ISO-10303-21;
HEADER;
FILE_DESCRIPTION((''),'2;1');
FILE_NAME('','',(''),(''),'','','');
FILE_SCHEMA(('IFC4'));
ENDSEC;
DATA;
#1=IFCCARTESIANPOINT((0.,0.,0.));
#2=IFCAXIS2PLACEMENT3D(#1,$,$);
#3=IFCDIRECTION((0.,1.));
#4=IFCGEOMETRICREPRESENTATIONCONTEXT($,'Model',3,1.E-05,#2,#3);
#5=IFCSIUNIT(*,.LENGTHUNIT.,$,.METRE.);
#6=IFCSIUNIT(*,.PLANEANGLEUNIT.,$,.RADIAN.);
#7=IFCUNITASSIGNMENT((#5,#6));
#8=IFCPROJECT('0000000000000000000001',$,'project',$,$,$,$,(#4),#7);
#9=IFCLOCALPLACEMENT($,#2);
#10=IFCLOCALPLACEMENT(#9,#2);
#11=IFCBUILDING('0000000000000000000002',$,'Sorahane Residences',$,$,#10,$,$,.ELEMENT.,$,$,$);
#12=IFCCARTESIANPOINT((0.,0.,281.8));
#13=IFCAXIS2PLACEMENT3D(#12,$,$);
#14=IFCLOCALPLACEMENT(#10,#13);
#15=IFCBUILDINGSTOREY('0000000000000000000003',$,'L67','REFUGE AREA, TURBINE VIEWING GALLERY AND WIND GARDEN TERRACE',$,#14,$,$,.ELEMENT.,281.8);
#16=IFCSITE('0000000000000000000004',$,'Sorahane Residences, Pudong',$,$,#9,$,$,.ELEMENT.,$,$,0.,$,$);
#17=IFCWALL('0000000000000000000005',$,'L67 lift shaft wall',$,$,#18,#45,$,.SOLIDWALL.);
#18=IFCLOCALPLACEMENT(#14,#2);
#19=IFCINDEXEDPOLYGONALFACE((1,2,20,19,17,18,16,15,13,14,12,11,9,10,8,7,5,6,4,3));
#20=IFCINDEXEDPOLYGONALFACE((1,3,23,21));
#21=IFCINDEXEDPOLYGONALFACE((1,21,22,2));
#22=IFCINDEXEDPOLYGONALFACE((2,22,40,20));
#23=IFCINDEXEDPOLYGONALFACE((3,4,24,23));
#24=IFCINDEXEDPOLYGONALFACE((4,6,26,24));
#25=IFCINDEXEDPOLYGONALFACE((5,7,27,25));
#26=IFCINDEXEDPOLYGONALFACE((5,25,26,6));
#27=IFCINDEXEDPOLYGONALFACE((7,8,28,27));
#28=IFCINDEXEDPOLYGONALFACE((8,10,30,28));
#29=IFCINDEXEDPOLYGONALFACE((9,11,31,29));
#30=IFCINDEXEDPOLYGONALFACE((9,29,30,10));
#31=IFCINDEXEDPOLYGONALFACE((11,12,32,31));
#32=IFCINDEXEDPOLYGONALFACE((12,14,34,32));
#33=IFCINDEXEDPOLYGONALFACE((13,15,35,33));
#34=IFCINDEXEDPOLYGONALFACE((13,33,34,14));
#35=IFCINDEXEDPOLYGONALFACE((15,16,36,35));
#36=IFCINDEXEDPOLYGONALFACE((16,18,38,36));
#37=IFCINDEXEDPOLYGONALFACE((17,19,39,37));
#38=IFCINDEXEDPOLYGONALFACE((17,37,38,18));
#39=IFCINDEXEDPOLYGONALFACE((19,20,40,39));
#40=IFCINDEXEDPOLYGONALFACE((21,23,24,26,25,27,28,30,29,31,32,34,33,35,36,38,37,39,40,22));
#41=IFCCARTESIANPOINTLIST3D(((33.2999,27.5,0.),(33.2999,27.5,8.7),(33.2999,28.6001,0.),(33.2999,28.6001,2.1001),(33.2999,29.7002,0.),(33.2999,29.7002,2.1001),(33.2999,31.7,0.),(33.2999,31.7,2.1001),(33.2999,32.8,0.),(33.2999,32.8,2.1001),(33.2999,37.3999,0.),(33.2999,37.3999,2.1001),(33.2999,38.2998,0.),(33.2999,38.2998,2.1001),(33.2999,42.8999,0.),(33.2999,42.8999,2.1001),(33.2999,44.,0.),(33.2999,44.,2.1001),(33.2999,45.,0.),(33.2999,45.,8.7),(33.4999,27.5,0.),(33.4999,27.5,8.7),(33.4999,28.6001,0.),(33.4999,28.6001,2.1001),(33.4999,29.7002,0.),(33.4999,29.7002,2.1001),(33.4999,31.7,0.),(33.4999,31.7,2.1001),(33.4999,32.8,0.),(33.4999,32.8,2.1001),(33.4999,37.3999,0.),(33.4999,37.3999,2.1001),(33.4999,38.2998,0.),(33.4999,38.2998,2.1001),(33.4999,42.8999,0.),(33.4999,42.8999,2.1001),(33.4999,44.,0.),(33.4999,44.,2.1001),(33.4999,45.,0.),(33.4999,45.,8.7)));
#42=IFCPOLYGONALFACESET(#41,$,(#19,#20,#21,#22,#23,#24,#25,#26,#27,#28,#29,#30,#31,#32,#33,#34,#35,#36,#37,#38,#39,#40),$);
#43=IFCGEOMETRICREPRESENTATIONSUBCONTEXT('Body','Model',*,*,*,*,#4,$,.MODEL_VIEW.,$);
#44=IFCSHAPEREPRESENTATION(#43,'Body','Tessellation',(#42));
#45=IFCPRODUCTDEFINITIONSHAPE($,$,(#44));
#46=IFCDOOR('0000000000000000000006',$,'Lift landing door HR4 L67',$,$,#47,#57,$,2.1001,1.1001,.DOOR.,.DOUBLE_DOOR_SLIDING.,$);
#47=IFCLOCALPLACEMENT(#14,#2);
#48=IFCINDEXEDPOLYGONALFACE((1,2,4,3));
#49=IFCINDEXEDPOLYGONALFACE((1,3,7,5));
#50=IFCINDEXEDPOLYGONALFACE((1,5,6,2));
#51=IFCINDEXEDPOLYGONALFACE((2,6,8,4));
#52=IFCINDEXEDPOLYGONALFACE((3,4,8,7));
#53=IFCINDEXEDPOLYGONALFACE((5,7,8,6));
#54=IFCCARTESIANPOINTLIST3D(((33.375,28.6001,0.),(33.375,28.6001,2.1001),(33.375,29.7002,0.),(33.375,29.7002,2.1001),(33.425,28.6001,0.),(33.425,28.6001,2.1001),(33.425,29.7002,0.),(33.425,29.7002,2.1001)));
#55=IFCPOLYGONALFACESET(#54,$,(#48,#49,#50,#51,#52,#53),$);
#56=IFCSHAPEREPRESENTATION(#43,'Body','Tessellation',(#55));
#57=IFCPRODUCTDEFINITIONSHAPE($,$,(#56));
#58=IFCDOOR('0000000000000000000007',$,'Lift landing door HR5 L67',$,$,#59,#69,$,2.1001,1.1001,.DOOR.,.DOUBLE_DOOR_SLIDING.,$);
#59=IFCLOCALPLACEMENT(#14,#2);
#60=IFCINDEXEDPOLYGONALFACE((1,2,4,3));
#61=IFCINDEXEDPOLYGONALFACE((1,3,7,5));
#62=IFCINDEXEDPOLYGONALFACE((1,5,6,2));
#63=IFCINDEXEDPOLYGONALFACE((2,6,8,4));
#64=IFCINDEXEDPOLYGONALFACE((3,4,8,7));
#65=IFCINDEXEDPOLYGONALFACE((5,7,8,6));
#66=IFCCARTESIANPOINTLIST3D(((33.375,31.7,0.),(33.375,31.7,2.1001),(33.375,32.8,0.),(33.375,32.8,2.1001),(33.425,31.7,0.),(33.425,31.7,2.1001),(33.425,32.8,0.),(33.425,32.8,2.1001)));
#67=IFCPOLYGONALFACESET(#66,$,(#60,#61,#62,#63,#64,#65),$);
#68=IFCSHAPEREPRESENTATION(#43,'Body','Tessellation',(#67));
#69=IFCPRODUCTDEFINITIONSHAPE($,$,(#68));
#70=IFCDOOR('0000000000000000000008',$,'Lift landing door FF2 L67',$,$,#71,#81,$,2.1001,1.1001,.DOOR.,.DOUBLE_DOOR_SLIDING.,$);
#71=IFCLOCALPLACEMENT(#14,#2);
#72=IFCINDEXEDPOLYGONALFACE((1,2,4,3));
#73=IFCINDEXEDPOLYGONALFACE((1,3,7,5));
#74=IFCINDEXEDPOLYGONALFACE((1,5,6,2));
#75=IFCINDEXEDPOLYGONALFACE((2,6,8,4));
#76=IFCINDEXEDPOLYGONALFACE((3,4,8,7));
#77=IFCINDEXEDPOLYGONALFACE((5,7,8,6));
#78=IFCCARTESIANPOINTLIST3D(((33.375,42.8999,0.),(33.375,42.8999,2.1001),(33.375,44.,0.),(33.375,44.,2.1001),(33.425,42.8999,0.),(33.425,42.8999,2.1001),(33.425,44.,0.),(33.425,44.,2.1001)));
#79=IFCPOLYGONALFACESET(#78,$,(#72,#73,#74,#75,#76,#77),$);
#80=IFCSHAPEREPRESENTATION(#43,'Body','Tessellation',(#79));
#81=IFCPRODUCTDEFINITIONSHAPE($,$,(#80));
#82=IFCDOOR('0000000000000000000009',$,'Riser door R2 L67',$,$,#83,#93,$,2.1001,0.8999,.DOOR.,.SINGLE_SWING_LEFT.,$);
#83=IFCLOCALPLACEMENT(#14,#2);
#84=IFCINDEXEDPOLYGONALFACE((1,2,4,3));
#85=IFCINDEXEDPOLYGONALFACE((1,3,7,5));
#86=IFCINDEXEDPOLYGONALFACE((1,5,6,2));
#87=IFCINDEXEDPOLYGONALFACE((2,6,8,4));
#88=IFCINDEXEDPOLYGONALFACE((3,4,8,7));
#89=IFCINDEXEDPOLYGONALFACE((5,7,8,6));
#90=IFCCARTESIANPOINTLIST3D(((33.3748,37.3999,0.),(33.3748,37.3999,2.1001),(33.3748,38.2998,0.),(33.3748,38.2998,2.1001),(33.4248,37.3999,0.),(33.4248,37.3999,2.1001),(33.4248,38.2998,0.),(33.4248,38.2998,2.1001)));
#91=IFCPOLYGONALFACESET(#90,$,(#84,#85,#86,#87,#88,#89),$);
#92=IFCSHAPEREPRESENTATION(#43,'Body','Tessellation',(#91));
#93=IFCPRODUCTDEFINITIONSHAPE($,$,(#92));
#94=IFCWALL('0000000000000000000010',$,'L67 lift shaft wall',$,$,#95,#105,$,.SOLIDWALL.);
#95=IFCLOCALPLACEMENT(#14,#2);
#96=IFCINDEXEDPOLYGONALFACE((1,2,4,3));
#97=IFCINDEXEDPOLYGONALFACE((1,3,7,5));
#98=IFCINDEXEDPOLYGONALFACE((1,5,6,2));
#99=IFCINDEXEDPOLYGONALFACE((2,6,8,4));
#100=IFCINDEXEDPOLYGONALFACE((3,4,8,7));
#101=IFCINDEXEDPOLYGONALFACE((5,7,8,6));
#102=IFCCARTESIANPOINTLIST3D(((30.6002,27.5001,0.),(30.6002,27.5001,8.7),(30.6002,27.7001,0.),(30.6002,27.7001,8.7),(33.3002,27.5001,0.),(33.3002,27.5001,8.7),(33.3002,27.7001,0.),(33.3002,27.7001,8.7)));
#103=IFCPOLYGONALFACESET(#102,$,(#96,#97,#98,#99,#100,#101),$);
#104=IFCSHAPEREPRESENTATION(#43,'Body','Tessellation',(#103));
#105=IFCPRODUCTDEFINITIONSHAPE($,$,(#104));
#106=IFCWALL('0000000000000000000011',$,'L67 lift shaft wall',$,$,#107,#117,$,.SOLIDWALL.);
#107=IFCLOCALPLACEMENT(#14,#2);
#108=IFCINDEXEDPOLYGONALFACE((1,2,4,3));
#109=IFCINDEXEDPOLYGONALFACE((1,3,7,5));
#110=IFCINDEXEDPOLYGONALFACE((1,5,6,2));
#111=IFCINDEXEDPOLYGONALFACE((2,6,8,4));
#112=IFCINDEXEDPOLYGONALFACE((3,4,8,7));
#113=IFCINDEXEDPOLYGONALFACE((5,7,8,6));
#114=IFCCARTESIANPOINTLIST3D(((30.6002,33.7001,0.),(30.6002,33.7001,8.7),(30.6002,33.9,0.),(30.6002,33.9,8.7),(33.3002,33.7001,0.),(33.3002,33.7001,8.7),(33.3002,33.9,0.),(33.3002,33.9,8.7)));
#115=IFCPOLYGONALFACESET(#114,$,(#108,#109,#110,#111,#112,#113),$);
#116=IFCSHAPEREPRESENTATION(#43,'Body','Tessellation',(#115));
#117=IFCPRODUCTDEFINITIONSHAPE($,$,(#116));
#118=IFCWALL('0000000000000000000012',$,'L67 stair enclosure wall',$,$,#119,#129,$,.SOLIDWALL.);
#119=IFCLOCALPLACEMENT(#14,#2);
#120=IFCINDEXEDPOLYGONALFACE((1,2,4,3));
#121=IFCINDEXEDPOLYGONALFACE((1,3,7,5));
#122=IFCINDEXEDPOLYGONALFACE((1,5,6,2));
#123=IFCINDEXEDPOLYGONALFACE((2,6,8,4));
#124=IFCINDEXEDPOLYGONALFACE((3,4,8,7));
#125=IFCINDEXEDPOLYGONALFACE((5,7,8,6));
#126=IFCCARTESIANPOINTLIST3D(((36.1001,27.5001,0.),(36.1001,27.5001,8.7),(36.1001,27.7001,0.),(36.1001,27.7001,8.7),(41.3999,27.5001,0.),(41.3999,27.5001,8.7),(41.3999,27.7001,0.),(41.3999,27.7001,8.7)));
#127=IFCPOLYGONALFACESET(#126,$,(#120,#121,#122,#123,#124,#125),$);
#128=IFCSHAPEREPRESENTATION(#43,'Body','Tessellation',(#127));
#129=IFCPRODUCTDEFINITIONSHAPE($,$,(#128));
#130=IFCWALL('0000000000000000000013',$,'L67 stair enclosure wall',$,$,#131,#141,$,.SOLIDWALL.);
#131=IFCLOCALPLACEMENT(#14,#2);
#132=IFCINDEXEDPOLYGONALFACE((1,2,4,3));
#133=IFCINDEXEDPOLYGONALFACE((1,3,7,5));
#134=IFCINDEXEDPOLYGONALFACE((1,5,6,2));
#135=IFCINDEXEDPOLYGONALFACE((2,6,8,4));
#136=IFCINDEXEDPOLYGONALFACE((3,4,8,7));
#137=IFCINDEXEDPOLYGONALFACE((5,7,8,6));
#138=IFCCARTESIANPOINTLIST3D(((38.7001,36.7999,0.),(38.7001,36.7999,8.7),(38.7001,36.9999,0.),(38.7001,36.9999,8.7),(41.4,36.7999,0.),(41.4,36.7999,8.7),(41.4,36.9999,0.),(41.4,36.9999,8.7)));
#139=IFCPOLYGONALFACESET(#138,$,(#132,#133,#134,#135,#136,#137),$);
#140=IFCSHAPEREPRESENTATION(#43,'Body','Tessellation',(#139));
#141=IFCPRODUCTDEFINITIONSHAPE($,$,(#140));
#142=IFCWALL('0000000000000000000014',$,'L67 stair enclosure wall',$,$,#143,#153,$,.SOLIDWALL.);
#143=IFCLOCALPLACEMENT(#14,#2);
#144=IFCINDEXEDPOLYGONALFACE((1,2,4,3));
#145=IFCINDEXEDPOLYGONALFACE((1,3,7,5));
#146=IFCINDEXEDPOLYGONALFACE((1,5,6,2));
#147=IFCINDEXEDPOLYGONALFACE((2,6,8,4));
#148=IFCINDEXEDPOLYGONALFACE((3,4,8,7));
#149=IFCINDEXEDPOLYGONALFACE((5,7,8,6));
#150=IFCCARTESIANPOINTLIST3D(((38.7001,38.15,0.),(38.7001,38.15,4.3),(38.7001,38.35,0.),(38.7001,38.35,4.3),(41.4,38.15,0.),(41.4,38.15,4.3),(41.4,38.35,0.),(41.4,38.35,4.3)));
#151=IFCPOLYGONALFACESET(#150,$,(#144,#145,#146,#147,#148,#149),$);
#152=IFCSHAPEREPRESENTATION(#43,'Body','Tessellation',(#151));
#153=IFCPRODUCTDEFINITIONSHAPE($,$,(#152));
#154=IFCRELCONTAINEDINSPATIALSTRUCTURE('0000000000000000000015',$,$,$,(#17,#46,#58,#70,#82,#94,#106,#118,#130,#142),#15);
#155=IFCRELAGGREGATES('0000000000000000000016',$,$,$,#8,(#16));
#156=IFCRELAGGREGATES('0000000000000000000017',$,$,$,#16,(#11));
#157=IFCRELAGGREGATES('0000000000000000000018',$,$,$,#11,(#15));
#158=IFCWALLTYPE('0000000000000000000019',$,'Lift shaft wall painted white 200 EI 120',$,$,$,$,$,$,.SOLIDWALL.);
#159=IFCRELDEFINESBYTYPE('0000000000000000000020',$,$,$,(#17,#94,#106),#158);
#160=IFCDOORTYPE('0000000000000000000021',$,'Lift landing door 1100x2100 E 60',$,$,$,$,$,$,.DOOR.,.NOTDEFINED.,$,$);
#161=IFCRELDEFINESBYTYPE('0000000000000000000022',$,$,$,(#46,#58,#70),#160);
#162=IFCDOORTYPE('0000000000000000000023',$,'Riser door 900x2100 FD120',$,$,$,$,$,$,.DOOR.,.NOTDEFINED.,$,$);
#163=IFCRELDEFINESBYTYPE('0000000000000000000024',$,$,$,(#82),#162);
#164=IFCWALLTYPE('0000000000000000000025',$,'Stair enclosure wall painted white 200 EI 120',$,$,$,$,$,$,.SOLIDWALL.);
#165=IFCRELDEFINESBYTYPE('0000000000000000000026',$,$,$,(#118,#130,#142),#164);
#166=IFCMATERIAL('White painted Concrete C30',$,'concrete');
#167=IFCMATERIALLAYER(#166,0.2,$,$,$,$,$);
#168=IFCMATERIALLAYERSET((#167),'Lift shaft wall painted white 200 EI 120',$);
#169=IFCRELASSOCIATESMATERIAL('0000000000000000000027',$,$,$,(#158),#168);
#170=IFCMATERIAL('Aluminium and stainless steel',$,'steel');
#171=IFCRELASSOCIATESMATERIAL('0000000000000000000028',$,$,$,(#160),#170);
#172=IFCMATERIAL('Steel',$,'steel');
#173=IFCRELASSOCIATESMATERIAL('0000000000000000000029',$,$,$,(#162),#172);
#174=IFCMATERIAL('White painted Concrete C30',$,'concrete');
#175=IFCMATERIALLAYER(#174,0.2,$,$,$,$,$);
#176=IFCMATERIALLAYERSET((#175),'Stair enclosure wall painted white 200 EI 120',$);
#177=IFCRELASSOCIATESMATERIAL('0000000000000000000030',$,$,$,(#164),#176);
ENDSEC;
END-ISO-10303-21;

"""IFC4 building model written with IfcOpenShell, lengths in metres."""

from ifc_helpers import new_model, si_unit, direction, frame, frame_2d, origin, place, context, subcontext, project, spatial, rectangle, extrude, material, layer, layer_set, type_object, element, fill, save


model = new_model("IFC4")

# Units and contexts
model_context = context("Model", 3, precision=1e-05, world=origin(), true_north=direction((0.0, 1.0)))
body_context = subcontext(model_context, "Body", "Model", "MODEL_VIEW")
ifc_project = project(units=[si_unit("LENGTHUNIT", "METRE"), si_unit("PLANEANGLEUNIT", "RADIAN")], contexts=[model_context])

# Site, building, storey
site_placement = place(None, origin())
site = spatial("IfcSite", under=ifc_project, at=site_placement, Name="Sorahane Residences, Pudong", CompositionType="ELEMENT", RefElevation=0.0)
building_placement = place(site_placement, origin())
building = spatial("IfcBuilding", under=site, at=building_placement, Name="Sorahane Residences", CompositionType="ELEMENT")
storey_placement = place(building_placement, frame((0.0, 0.0, 281.8)))
storey = spatial("IfcBuildingStorey", under=building, at=storey_placement, Name="L67", Description="REFUGE AREA, TURBINE VIEWING GALLERY AND WIND GARDEN TERRACE", CompositionType="ELEMENT", Elevation=281.8)

# Wall, openings, doors
ifc_material_1 = material(Name="White painted Concrete C30", Category="concrete")
ifc_layer_1 = layer(ifc_material_1, 0.2)
ifc_layer_set_1 = layer_set([ifc_layer_1], Name="Lift shaft wall painted white 200 EI 120")
wall_type_1 = type_object("IfcWallType", Name="Lift shaft wall painted white 200 EI 120", PredefinedType="SOLIDWALL", material=ifc_layer_set_1)
wall_1_placement = place(storey_placement, frame((33.3999, 27.5, 0.0), z_axis=(0.0, 0.0, 1.0), x_axis=(0.0, 1.0, 0.0)))
wall_1 = element("IfcWall", 1, at=wall_1_placement, inside=storey, type_object=wall_type_1, Name="L67 lift shaft wall", PredefinedType="SOLIDWALL", context=body_context, shape_type="SweptSolid", body=[
    extrude(rectangle(XDim=17.5, YDim=0.2, at=frame_2d((8.75, 0.0))), origin(), (0.0, 0.0, 1.0), 8.7),
])
opening_1_placement = place(wall_1_placement, frame((1.1001, 0.0, 0.0)))
opening_1 = element("IfcOpeningElement", 2, at=opening_1_placement, cuts=wall_1, PredefinedType="OPENING", context=body_context, shape_type="SweptSolid", body=[
    extrude(rectangle(XDim=1.1001, YDim=2.1001, at=frame_2d((0.55, 1.05))), frame((0.0, 0.1099, 0.0), z_axis=(0.0, -1.0, 0.0), x_axis=(1.0, 0.0, 0.0)), (0.0, 0.0, 1.0), 0.22),
])
opening_2_placement = place(wall_1_placement, frame((4.2, 0.0, 0.0)))
opening_2 = element("IfcOpeningElement", 3, at=opening_2_placement, cuts=wall_1, PredefinedType="OPENING", context=body_context, shape_type="SweptSolid", body=[
    extrude(rectangle(XDim=1.1001, YDim=2.1001, at=frame_2d((0.55, 1.05))), frame((0.0, 0.1099, 0.0), z_axis=(0.0, -1.0, 0.0), x_axis=(1.0, 0.0, 0.0)), (0.0, 0.0, 1.0), 0.22),
])
opening_3_placement = place(wall_1_placement, frame((15.3999, 0.0, 0.0)))
opening_3 = element("IfcOpeningElement", 4, at=opening_3_placement, cuts=wall_1, PredefinedType="OPENING", context=body_context, shape_type="SweptSolid", body=[
    extrude(rectangle(XDim=1.1001, YDim=2.1001, at=frame_2d((0.55, 1.05))), frame((0.0, 0.1099, 0.0), z_axis=(0.0, -1.0, 0.0), x_axis=(1.0, 0.0, 0.0)), (0.0, 0.0, 1.0), 0.22),
])
opening_4_placement = place(wall_1_placement, frame((9.8999, 0.0, 0.0)))
opening_4 = element("IfcOpeningElement", 5, at=opening_4_placement, cuts=wall_1, PredefinedType="OPENING", context=body_context, shape_type="SweptSolid", body=[
    extrude(rectangle(XDim=0.8999, YDim=2.1001, at=frame_2d((0.45, 1.05))), frame((0.0, 0.1099, 0.0), z_axis=(0.0, -1.0, 0.0), x_axis=(1.0, 0.0, 0.0)), (0.0, 0.0, 1.0), 0.22),
])
ifc_material_2 = material(Name="Aluminium and stainless steel", Category="steel")
door_type_1 = type_object("IfcDoorType", Name="Lift landing door 1100x2100 E 60", OperationType="NOTDEFINED", PredefinedType="DOOR", material=ifc_material_2)
door_1_placement = place(opening_1_placement, origin())
door_1 = element("IfcDoor", 6, at=door_1_placement, inside=storey, type_object=door_type_1, Name="Lift landing door HR4 L67", OperationType="DOUBLE_DOOR_SLIDING", OverallHeight=2.1001, OverallWidth=1.1001, PredefinedType="DOOR", context=body_context, shape_type="SweptSolid", body=[
    extrude(rectangle(XDim=1.1001, YDim=2.1001, at=frame_2d((0.55, 1.05))), frame((0.0, 0.0249, 0.0), z_axis=(0.0, -1.0, 0.0), x_axis=(1.0, 0.0, 0.0)), (0.0, 0.0, 1.0), 0.05),
])
fill(opening_1, door_1)
door_2_placement = place(opening_2_placement, origin())
door_2 = element("IfcDoor", 7, at=door_2_placement, inside=storey, type_object=door_type_1, Name="Lift landing door HR5 L67", OperationType="DOUBLE_DOOR_SLIDING", OverallHeight=2.1001, OverallWidth=1.1001, PredefinedType="DOOR", context=body_context, shape_type="SweptSolid", body=[
    extrude(rectangle(XDim=1.1001, YDim=2.1001, at=frame_2d((0.55, 1.05))), frame((0.0, 0.0249, 0.0), z_axis=(0.0, -1.0, 0.0), x_axis=(1.0, 0.0, 0.0)), (0.0, 0.0, 1.0), 0.05),
])
fill(opening_2, door_2)
door_3_placement = place(opening_3_placement, origin())
door_3 = element("IfcDoor", 8, at=door_3_placement, inside=storey, type_object=door_type_1, Name="Lift landing door FF2 L67", OperationType="DOUBLE_DOOR_SLIDING", OverallHeight=2.1001, OverallWidth=1.1001, PredefinedType="DOOR", context=body_context, shape_type="SweptSolid", body=[
    extrude(rectangle(XDim=1.1001, YDim=2.1001, at=frame_2d((0.55, 1.05))), frame((0.0, 0.0249, 0.0), z_axis=(0.0, -1.0, 0.0), x_axis=(1.0, 0.0, 0.0)), (0.0, 0.0, 1.0), 0.05),
])
fill(opening_3, door_3)
ifc_material_3 = material(Name="Steel", Category="steel")
door_type_2 = type_object("IfcDoorType", Name="Riser door 900x2100 FD120", OperationType="NOTDEFINED", PredefinedType="DOOR", material=ifc_material_3)
door_4_placement = place(opening_4_placement, frame((0.8999, 0.0, 0.0), z_axis=(0.0, 0.0, 1.0), x_axis=(-1.0, 0.0, 0.0)))
door_4 = element("IfcDoor", 9, at=door_4_placement, inside=storey, type_object=door_type_2, Name="Riser door R2 L67", OperationType="SINGLE_SWING_LEFT", OverallHeight=2.1001, OverallWidth=0.8999, PredefinedType="DOOR", context=body_context, shape_type="SweptSolid", body=[
    extrude(rectangle(XDim=0.8999, YDim=2.1001, at=frame_2d((0.45, 1.05))), frame((0.0, 0.0249, 0.0), z_axis=(0.0, -1.0, 0.0), x_axis=(1.0, 0.0, 0.0)), (0.0, 0.0, 1.0), 0.05),
])
fill(opening_4, door_4)

# Walls
for number, where, z_axis, x_axis, name in (
    (10, (30.6001, 27.6001, 0.0), (0.0, 0.0, 1.0), (1.0, 0.0, 0.0), "L67 lift shaft wall"),
    (11, (30.6001, 33.8, 0.0), (0.0, 0.0, 1.0), (1.0, 0.0, 0.0), "L67 lift shaft wall"),
):
    element("IfcWall", number, at=place(storey_placement, frame(where, z_axis=z_axis, x_axis=x_axis)), inside=storey, type_object=wall_type_1, Name=name, PredefinedType="SOLIDWALL", context=body_context, shape_type="SweptSolid", body=[
        extrude(rectangle(XDim=2.7, YDim=0.2, at=frame_2d((1.3501, 0.0))), origin(), (0.0, 0.0, 1.0), 8.7),
    ])
ifc_material_4 = material(Name="White painted Concrete C30", Category="concrete")
ifc_layer_2 = layer(ifc_material_4, 0.2)
ifc_layer_set_2 = layer_set([ifc_layer_2], Name="Stair enclosure wall painted white 200 EI 120")
wall_type_2 = type_object("IfcWallType", Name="Stair enclosure wall painted white 200 EI 120", PredefinedType="SOLIDWALL", material=ifc_layer_set_2)
wall_2_placement = place(storey_placement, frame((36.1001, 27.6001, 0.0), z_axis=(0.0, 0.0, 1.0), x_axis=(1.0, 0.0, 0.0)))
element("IfcWall", 12, at=wall_2_placement, inside=storey, type_object=wall_type_2, Name="L67 stair enclosure wall", PredefinedType="SOLIDWALL", context=body_context, shape_type="SweptSolid", body=[
    extrude(rectangle(XDim=5.2998, YDim=0.2, at=frame_2d((2.6499, 0.0))), origin(), (0.0, 0.0, 1.0), 8.7),
])
wall_3_placement = place(storey_placement, frame((38.7, 36.8999, 0.0), z_axis=(0.0, 0.0, 1.0), x_axis=(1.0, 0.0, 0.0)))
element("IfcWall", 13, at=wall_3_placement, inside=storey, type_object=wall_type_2, Name="L67 stair enclosure wall", PredefinedType="SOLIDWALL", context=body_context, shape_type="SweptSolid", body=[
    extrude(rectangle(XDim=2.7, YDim=0.2, at=frame_2d((1.3501, 0.0))), origin(), (0.0, 0.0, 1.0), 8.7),
])
wall_4_placement = place(storey_placement, frame((38.7, 38.25, 0.0), z_axis=(0.0, 0.0, 1.0), x_axis=(1.0, 0.0, 0.0)))
element("IfcWall", 14, at=wall_4_placement, inside=storey, type_object=wall_type_2, Name="L67 stair enclosure wall", PredefinedType="SOLIDWALL", context=body_context, shape_type="SweptSolid", body=[
    extrude(rectangle(XDim=2.7, YDim=0.2, at=frame_2d((1.3501, 0.0))), origin(), (0.0, 0.0, 1.0), 4.3),
])

save(model, "model.ifc")
